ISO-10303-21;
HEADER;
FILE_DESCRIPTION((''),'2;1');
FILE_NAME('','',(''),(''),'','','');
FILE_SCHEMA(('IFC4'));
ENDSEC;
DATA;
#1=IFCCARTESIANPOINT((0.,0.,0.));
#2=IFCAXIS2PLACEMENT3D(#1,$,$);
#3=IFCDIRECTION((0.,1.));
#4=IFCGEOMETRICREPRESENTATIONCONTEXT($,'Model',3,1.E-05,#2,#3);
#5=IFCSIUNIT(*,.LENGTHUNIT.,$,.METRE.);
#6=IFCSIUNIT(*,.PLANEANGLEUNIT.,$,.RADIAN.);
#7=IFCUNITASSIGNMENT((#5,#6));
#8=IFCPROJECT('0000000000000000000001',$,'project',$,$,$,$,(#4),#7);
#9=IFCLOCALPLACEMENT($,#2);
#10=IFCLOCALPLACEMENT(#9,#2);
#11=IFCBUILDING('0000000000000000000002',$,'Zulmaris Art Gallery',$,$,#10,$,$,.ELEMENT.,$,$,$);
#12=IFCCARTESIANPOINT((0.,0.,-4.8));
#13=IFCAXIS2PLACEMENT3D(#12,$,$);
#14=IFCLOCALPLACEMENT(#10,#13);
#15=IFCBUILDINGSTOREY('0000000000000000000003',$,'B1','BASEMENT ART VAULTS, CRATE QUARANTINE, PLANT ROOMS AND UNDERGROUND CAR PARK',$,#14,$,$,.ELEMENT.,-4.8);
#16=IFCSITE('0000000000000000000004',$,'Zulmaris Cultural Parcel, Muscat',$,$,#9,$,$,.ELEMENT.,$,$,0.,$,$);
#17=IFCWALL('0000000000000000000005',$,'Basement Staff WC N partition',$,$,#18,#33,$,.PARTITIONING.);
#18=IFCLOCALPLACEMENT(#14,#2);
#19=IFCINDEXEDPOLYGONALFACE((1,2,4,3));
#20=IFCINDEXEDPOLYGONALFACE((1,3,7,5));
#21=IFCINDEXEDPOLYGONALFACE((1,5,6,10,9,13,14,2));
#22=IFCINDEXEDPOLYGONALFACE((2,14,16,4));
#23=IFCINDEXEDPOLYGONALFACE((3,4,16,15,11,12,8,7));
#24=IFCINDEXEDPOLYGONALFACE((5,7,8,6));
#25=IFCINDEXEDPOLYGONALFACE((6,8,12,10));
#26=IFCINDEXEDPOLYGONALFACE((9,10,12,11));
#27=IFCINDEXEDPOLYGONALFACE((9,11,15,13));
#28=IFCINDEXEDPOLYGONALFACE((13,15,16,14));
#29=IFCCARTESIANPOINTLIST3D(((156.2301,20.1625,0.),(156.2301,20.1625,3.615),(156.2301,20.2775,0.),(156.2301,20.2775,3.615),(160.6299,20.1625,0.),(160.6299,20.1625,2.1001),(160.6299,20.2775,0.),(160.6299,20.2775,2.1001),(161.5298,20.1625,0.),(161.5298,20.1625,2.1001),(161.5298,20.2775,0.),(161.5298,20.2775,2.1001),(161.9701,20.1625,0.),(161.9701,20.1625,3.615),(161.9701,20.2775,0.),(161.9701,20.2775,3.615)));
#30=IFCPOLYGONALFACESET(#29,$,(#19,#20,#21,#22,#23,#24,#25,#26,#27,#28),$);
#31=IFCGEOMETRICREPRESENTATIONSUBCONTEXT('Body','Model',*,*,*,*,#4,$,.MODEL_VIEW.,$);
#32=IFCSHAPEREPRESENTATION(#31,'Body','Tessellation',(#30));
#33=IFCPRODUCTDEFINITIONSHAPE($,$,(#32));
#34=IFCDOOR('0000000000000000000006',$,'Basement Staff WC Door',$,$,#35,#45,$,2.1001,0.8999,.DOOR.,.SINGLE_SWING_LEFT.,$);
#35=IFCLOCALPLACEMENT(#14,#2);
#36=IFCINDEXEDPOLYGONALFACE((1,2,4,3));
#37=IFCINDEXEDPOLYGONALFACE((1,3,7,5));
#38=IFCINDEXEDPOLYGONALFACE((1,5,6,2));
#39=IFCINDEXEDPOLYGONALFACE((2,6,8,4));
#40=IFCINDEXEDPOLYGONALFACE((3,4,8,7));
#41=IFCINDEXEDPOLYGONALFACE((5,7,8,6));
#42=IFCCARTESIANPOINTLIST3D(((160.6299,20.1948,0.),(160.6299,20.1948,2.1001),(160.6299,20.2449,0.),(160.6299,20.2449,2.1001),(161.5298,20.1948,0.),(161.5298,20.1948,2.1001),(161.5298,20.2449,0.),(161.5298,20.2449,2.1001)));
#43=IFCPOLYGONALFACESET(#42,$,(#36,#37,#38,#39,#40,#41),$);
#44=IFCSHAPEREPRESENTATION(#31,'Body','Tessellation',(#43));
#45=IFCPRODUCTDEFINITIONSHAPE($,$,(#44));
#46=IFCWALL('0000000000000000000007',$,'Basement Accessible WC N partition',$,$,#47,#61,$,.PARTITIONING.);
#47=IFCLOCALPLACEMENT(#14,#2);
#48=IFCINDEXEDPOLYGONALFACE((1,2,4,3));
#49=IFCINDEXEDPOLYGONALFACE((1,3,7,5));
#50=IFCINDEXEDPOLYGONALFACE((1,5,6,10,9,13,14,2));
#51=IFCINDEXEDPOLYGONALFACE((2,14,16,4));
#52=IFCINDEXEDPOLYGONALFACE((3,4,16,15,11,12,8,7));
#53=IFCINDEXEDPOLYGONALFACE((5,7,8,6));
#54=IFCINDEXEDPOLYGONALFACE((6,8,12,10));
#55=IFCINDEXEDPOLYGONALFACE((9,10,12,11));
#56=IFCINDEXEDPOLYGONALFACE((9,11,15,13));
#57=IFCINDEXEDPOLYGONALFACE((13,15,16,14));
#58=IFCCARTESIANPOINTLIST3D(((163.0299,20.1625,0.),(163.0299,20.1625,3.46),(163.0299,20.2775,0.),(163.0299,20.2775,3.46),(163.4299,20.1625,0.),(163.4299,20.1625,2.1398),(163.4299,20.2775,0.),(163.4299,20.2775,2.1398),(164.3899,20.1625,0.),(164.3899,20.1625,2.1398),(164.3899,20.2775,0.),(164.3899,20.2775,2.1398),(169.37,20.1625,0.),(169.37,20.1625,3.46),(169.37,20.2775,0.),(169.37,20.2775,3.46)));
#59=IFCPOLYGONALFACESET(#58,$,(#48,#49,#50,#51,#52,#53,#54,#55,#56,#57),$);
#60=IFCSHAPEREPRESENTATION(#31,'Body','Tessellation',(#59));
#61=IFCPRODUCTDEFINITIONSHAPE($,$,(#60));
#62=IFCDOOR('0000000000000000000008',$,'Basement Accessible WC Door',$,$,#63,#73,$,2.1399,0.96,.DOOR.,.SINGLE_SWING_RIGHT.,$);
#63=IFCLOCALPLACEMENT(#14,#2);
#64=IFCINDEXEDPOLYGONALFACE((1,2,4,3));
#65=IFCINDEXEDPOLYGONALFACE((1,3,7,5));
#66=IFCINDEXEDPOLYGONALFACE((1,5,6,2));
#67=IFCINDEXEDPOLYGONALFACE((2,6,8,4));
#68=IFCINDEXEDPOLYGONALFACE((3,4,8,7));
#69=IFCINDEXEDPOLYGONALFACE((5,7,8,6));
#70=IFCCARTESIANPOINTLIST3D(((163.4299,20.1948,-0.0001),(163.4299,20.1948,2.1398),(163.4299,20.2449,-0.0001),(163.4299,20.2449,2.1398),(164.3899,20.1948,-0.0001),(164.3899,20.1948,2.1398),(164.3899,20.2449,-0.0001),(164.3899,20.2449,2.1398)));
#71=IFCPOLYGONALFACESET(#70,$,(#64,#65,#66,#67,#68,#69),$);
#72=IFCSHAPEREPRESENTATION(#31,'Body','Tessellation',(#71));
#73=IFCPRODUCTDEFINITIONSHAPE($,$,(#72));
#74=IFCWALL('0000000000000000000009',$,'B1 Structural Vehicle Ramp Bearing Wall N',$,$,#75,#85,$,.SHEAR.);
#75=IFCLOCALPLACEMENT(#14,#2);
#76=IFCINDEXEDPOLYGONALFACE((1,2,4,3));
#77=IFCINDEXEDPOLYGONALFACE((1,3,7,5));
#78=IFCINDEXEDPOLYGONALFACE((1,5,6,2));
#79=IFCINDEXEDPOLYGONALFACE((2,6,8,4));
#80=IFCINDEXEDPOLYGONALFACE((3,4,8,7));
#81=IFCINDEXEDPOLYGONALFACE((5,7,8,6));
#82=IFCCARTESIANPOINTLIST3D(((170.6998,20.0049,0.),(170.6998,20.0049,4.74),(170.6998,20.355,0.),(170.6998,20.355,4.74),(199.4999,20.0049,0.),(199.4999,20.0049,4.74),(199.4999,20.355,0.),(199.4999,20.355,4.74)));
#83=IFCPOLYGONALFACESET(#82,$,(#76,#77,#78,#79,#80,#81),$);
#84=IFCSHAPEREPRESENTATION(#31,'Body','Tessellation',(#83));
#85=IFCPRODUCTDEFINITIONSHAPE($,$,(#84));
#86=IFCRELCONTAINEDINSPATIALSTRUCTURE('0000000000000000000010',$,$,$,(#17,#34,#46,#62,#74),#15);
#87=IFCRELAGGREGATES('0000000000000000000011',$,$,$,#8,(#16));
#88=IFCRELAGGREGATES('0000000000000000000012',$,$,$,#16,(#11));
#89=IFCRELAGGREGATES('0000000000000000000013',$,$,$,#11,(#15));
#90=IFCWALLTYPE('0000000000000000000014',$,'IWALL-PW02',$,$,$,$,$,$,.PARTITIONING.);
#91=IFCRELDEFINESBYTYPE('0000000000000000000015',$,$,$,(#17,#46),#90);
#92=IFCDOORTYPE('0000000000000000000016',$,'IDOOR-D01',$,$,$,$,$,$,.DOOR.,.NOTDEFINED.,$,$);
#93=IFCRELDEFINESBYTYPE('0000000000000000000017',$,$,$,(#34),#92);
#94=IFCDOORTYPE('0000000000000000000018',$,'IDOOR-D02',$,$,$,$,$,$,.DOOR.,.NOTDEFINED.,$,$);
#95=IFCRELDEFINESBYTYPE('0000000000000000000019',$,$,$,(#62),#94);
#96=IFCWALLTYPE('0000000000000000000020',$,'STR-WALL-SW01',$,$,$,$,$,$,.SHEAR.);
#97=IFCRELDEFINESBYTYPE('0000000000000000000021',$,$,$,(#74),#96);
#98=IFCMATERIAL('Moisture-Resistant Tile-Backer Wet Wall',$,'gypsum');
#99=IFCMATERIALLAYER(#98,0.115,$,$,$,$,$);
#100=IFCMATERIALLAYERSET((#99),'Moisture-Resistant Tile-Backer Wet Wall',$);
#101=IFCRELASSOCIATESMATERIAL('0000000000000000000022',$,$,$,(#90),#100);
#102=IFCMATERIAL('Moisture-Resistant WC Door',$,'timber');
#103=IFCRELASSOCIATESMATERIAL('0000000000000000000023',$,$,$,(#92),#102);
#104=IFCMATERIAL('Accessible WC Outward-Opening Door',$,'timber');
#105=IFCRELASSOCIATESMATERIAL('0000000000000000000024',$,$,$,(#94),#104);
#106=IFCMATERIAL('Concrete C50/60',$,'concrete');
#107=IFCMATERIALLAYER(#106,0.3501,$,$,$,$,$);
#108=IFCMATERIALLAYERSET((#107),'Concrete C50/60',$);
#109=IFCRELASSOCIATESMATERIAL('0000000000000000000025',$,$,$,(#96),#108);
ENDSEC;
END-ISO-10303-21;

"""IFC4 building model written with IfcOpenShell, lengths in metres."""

from ifc_helpers import new_model, si_unit, direction, frame, frame_2d, origin, place, context, subcontext, project, spatial, rectangle, extrude, material, layer, layer_set, type_object, element, fill, save


model = new_model("IFC4")

# Units and contexts
model_context = context("Model", 3, precision=1e-05, world=origin(), true_north=direction((0.0, 1.0)))
body_context = subcontext(model_context, "Body", "Model", "MODEL_VIEW")
ifc_project = project(units=[si_unit("LENGTHUNIT", "METRE"), si_unit("PLANEANGLEUNIT", "RADIAN")], contexts=[model_context])

# Site, building, storey
site_placement = place(None, origin())
site = spatial("IfcSite", under=ifc_project, at=site_placement, Name="Zulmaris Cultural Parcel, Muscat", CompositionType="ELEMENT", RefElevation=0.0)
building_placement = place(site_placement, origin())
building = spatial("IfcBuilding", under=site, at=building_placement, Name="Zulmaris Art Gallery", CompositionType="ELEMENT")
storey_placement = place(building_placement, frame((0.0, 0.0, -4.8)))
storey = spatial("IfcBuildingStorey", under=building, at=storey_placement, Name="B1", Description="BASEMENT ART VAULTS, CRATE QUARANTINE, PLANT ROOMS AND UNDERGROUND CAR PARK", CompositionType="ELEMENT", Elevation=-4.8)

# Shared definitions
ifc_material_1 = material(Name="Concrete C50/60", Category="concrete")

# Walls, openings, doors
ifc_material_2 = material(Name="Moisture-Resistant Tile-Backer Wet Wall", Category="gypsum")
ifc_layer_1 = layer(ifc_material_2, 0.115)
ifc_layer_set_1 = layer_set([ifc_layer_1], Name="Moisture-Resistant Tile-Backer Wet Wall")
wall_type_1 = type_object("IfcWallType", Name="IWALL-PW02", PredefinedType="PARTITIONING", material=ifc_layer_set_1)
wall_1_placement = place(storey_placement, frame((156.23, 20.22, 0.0), z_axis=(0.0, 0.0, 1.0), x_axis=(1.0, 0.0, 0.0)))
wall_1 = element("IfcWall", 1, at=wall_1_placement, inside=storey, type_object=wall_type_1, Name="Basement Staff WC N partition", PredefinedType="PARTITIONING", context=body_context, shape_type="SweptSolid", body=[
    extrude(rectangle(XDim=5.74, YDim=0.115, at=frame_2d((2.8701, 0.0))), origin(), (0.0, 0.0, 1.0), 3.615),
])
opening_1_placement = place(wall_1_placement, frame((4.3999, 0.0, 0.0)))
opening_1 = element("IfcOpeningElement", 2, at=opening_1_placement, cuts=wall_1, PredefinedType="OPENING", context=body_context, shape_type="SweptSolid", body=[
    extrude(rectangle(XDim=0.8999, YDim=2.1001, at=frame_2d((0.45, 1.05))), frame((0.0, 0.0674, 0.0), z_axis=(0.0, -1.0, 0.0), x_axis=(1.0, 0.0, 0.0)), (0.0, 0.0, 1.0), 0.135),
])
ifc_material_3 = material(Name="Moisture-Resistant WC Door", Category="timber")
door_type_1 = type_object("IfcDoorType", Name="IDOOR-D01", OperationType="NOTDEFINED", PredefinedType="DOOR", material=ifc_material_3)
door_1_placement = place(opening_1_placement, origin())
door_1 = element("IfcDoor", 3, at=door_1_placement, inside=storey, type_object=door_type_1, Name="Basement Staff WC Door", OperationType="SINGLE_SWING_LEFT", OverallHeight=2.1001, OverallWidth=0.8999, PredefinedType="DOOR", context=body_context, shape_type="SweptSolid", body=[
    extrude(rectangle(XDim=0.8999, YDim=2.1001, at=frame_2d((0.45, 1.05))), frame((0.0, 0.0249, 0.0), z_axis=(0.0, -1.0, 0.0), x_axis=(1.0, 0.0, 0.0)), (0.0, 0.0, 1.0), 0.05),
])
fill(opening_1, door_1)
wall_2_placement = place(storey_placement, frame((163.03, 20.22, 0.0), z_axis=(0.0, 0.0, 1.0), x_axis=(1.0, 0.0, 0.0)))
wall_2 = element("IfcWall", 4, at=wall_2_placement, inside=storey, type_object=wall_type_1, Name="Basement Accessible WC N partition", PredefinedType="PARTITIONING", context=body_context, shape_type="SweptSolid", body=[
    extrude(rectangle(XDim=6.3401, YDim=0.115, at=frame_2d((3.1699, 0.0))), origin(), (0.0, 0.0, 1.0), 3.46),
])
opening_2_placement = place(wall_2_placement, frame((0.3999, 0.0, 0.0)))
opening_2 = element("IfcOpeningElement", 5, at=opening_2_placement, cuts=wall_2, PredefinedType="OPENING", context=body_context, shape_type="SweptSolid", body=[
    extrude(rectangle(XDim=0.96, YDim=2.1399, at=frame_2d((0.48, 1.0698))), frame((0.0, 0.0674, 0.0), z_axis=(0.0, -1.0, 0.0), x_axis=(1.0, 0.0, 0.0)), (0.0, 0.0, 1.0), 0.135),
])
ifc_material_4 = material(Name="Accessible WC Outward-Opening Door", Category="timber")
door_type_2 = type_object("IfcDoorType", Name="IDOOR-D02", OperationType="NOTDEFINED", PredefinedType="DOOR", material=ifc_material_4)
door_2_placement = place(opening_2_placement, origin())
door_2 = element("IfcDoor", 6, at=door_2_placement, inside=storey, type_object=door_type_2, Name="Basement Accessible WC Door", OperationType="SINGLE_SWING_RIGHT", OverallHeight=2.1399, OverallWidth=0.96, PredefinedType="DOOR", context=body_context, shape_type="SweptSolid", body=[
    extrude(rectangle(XDim=0.96, YDim=2.1399, at=frame_2d((0.48, 1.0698))), frame((0.0, 0.0249, 0.0), z_axis=(0.0, -1.0, 0.0), x_axis=(1.0, 0.0, 0.0)), (0.0, 0.0, 1.0), 0.05),
])
fill(opening_2, door_2)

# Wall
ifc_layer_2 = layer(ifc_material_1, 0.3501)
ifc_layer_set_2 = layer_set([ifc_layer_2], Name="Concrete C50/60")
wall_type_2 = type_object("IfcWallType", Name="STR-WALL-SW01", PredefinedType="SHEAR", material=ifc_layer_set_2)
wall_3_placement = place(storey_placement, frame((170.7, 20.1799, 0.0), z_axis=(0.0, 0.0, 1.0), x_axis=(1.0, 0.0, 0.0)))
element("IfcWall", 7, at=wall_3_placement, inside=storey, type_object=wall_type_2, Name="B1 Structural Vehicle Ramp Bearing Wall N", PredefinedType="SHEAR", context=body_context, shape_type="SweptSolid", body=[
    extrude(rectangle(XDim=28.8, YDim=0.3501, at=frame_2d((14.3999, 0.0))), origin(), (0.0, 0.0, 1.0), 4.74),
])

save(model, "model.ifc")
